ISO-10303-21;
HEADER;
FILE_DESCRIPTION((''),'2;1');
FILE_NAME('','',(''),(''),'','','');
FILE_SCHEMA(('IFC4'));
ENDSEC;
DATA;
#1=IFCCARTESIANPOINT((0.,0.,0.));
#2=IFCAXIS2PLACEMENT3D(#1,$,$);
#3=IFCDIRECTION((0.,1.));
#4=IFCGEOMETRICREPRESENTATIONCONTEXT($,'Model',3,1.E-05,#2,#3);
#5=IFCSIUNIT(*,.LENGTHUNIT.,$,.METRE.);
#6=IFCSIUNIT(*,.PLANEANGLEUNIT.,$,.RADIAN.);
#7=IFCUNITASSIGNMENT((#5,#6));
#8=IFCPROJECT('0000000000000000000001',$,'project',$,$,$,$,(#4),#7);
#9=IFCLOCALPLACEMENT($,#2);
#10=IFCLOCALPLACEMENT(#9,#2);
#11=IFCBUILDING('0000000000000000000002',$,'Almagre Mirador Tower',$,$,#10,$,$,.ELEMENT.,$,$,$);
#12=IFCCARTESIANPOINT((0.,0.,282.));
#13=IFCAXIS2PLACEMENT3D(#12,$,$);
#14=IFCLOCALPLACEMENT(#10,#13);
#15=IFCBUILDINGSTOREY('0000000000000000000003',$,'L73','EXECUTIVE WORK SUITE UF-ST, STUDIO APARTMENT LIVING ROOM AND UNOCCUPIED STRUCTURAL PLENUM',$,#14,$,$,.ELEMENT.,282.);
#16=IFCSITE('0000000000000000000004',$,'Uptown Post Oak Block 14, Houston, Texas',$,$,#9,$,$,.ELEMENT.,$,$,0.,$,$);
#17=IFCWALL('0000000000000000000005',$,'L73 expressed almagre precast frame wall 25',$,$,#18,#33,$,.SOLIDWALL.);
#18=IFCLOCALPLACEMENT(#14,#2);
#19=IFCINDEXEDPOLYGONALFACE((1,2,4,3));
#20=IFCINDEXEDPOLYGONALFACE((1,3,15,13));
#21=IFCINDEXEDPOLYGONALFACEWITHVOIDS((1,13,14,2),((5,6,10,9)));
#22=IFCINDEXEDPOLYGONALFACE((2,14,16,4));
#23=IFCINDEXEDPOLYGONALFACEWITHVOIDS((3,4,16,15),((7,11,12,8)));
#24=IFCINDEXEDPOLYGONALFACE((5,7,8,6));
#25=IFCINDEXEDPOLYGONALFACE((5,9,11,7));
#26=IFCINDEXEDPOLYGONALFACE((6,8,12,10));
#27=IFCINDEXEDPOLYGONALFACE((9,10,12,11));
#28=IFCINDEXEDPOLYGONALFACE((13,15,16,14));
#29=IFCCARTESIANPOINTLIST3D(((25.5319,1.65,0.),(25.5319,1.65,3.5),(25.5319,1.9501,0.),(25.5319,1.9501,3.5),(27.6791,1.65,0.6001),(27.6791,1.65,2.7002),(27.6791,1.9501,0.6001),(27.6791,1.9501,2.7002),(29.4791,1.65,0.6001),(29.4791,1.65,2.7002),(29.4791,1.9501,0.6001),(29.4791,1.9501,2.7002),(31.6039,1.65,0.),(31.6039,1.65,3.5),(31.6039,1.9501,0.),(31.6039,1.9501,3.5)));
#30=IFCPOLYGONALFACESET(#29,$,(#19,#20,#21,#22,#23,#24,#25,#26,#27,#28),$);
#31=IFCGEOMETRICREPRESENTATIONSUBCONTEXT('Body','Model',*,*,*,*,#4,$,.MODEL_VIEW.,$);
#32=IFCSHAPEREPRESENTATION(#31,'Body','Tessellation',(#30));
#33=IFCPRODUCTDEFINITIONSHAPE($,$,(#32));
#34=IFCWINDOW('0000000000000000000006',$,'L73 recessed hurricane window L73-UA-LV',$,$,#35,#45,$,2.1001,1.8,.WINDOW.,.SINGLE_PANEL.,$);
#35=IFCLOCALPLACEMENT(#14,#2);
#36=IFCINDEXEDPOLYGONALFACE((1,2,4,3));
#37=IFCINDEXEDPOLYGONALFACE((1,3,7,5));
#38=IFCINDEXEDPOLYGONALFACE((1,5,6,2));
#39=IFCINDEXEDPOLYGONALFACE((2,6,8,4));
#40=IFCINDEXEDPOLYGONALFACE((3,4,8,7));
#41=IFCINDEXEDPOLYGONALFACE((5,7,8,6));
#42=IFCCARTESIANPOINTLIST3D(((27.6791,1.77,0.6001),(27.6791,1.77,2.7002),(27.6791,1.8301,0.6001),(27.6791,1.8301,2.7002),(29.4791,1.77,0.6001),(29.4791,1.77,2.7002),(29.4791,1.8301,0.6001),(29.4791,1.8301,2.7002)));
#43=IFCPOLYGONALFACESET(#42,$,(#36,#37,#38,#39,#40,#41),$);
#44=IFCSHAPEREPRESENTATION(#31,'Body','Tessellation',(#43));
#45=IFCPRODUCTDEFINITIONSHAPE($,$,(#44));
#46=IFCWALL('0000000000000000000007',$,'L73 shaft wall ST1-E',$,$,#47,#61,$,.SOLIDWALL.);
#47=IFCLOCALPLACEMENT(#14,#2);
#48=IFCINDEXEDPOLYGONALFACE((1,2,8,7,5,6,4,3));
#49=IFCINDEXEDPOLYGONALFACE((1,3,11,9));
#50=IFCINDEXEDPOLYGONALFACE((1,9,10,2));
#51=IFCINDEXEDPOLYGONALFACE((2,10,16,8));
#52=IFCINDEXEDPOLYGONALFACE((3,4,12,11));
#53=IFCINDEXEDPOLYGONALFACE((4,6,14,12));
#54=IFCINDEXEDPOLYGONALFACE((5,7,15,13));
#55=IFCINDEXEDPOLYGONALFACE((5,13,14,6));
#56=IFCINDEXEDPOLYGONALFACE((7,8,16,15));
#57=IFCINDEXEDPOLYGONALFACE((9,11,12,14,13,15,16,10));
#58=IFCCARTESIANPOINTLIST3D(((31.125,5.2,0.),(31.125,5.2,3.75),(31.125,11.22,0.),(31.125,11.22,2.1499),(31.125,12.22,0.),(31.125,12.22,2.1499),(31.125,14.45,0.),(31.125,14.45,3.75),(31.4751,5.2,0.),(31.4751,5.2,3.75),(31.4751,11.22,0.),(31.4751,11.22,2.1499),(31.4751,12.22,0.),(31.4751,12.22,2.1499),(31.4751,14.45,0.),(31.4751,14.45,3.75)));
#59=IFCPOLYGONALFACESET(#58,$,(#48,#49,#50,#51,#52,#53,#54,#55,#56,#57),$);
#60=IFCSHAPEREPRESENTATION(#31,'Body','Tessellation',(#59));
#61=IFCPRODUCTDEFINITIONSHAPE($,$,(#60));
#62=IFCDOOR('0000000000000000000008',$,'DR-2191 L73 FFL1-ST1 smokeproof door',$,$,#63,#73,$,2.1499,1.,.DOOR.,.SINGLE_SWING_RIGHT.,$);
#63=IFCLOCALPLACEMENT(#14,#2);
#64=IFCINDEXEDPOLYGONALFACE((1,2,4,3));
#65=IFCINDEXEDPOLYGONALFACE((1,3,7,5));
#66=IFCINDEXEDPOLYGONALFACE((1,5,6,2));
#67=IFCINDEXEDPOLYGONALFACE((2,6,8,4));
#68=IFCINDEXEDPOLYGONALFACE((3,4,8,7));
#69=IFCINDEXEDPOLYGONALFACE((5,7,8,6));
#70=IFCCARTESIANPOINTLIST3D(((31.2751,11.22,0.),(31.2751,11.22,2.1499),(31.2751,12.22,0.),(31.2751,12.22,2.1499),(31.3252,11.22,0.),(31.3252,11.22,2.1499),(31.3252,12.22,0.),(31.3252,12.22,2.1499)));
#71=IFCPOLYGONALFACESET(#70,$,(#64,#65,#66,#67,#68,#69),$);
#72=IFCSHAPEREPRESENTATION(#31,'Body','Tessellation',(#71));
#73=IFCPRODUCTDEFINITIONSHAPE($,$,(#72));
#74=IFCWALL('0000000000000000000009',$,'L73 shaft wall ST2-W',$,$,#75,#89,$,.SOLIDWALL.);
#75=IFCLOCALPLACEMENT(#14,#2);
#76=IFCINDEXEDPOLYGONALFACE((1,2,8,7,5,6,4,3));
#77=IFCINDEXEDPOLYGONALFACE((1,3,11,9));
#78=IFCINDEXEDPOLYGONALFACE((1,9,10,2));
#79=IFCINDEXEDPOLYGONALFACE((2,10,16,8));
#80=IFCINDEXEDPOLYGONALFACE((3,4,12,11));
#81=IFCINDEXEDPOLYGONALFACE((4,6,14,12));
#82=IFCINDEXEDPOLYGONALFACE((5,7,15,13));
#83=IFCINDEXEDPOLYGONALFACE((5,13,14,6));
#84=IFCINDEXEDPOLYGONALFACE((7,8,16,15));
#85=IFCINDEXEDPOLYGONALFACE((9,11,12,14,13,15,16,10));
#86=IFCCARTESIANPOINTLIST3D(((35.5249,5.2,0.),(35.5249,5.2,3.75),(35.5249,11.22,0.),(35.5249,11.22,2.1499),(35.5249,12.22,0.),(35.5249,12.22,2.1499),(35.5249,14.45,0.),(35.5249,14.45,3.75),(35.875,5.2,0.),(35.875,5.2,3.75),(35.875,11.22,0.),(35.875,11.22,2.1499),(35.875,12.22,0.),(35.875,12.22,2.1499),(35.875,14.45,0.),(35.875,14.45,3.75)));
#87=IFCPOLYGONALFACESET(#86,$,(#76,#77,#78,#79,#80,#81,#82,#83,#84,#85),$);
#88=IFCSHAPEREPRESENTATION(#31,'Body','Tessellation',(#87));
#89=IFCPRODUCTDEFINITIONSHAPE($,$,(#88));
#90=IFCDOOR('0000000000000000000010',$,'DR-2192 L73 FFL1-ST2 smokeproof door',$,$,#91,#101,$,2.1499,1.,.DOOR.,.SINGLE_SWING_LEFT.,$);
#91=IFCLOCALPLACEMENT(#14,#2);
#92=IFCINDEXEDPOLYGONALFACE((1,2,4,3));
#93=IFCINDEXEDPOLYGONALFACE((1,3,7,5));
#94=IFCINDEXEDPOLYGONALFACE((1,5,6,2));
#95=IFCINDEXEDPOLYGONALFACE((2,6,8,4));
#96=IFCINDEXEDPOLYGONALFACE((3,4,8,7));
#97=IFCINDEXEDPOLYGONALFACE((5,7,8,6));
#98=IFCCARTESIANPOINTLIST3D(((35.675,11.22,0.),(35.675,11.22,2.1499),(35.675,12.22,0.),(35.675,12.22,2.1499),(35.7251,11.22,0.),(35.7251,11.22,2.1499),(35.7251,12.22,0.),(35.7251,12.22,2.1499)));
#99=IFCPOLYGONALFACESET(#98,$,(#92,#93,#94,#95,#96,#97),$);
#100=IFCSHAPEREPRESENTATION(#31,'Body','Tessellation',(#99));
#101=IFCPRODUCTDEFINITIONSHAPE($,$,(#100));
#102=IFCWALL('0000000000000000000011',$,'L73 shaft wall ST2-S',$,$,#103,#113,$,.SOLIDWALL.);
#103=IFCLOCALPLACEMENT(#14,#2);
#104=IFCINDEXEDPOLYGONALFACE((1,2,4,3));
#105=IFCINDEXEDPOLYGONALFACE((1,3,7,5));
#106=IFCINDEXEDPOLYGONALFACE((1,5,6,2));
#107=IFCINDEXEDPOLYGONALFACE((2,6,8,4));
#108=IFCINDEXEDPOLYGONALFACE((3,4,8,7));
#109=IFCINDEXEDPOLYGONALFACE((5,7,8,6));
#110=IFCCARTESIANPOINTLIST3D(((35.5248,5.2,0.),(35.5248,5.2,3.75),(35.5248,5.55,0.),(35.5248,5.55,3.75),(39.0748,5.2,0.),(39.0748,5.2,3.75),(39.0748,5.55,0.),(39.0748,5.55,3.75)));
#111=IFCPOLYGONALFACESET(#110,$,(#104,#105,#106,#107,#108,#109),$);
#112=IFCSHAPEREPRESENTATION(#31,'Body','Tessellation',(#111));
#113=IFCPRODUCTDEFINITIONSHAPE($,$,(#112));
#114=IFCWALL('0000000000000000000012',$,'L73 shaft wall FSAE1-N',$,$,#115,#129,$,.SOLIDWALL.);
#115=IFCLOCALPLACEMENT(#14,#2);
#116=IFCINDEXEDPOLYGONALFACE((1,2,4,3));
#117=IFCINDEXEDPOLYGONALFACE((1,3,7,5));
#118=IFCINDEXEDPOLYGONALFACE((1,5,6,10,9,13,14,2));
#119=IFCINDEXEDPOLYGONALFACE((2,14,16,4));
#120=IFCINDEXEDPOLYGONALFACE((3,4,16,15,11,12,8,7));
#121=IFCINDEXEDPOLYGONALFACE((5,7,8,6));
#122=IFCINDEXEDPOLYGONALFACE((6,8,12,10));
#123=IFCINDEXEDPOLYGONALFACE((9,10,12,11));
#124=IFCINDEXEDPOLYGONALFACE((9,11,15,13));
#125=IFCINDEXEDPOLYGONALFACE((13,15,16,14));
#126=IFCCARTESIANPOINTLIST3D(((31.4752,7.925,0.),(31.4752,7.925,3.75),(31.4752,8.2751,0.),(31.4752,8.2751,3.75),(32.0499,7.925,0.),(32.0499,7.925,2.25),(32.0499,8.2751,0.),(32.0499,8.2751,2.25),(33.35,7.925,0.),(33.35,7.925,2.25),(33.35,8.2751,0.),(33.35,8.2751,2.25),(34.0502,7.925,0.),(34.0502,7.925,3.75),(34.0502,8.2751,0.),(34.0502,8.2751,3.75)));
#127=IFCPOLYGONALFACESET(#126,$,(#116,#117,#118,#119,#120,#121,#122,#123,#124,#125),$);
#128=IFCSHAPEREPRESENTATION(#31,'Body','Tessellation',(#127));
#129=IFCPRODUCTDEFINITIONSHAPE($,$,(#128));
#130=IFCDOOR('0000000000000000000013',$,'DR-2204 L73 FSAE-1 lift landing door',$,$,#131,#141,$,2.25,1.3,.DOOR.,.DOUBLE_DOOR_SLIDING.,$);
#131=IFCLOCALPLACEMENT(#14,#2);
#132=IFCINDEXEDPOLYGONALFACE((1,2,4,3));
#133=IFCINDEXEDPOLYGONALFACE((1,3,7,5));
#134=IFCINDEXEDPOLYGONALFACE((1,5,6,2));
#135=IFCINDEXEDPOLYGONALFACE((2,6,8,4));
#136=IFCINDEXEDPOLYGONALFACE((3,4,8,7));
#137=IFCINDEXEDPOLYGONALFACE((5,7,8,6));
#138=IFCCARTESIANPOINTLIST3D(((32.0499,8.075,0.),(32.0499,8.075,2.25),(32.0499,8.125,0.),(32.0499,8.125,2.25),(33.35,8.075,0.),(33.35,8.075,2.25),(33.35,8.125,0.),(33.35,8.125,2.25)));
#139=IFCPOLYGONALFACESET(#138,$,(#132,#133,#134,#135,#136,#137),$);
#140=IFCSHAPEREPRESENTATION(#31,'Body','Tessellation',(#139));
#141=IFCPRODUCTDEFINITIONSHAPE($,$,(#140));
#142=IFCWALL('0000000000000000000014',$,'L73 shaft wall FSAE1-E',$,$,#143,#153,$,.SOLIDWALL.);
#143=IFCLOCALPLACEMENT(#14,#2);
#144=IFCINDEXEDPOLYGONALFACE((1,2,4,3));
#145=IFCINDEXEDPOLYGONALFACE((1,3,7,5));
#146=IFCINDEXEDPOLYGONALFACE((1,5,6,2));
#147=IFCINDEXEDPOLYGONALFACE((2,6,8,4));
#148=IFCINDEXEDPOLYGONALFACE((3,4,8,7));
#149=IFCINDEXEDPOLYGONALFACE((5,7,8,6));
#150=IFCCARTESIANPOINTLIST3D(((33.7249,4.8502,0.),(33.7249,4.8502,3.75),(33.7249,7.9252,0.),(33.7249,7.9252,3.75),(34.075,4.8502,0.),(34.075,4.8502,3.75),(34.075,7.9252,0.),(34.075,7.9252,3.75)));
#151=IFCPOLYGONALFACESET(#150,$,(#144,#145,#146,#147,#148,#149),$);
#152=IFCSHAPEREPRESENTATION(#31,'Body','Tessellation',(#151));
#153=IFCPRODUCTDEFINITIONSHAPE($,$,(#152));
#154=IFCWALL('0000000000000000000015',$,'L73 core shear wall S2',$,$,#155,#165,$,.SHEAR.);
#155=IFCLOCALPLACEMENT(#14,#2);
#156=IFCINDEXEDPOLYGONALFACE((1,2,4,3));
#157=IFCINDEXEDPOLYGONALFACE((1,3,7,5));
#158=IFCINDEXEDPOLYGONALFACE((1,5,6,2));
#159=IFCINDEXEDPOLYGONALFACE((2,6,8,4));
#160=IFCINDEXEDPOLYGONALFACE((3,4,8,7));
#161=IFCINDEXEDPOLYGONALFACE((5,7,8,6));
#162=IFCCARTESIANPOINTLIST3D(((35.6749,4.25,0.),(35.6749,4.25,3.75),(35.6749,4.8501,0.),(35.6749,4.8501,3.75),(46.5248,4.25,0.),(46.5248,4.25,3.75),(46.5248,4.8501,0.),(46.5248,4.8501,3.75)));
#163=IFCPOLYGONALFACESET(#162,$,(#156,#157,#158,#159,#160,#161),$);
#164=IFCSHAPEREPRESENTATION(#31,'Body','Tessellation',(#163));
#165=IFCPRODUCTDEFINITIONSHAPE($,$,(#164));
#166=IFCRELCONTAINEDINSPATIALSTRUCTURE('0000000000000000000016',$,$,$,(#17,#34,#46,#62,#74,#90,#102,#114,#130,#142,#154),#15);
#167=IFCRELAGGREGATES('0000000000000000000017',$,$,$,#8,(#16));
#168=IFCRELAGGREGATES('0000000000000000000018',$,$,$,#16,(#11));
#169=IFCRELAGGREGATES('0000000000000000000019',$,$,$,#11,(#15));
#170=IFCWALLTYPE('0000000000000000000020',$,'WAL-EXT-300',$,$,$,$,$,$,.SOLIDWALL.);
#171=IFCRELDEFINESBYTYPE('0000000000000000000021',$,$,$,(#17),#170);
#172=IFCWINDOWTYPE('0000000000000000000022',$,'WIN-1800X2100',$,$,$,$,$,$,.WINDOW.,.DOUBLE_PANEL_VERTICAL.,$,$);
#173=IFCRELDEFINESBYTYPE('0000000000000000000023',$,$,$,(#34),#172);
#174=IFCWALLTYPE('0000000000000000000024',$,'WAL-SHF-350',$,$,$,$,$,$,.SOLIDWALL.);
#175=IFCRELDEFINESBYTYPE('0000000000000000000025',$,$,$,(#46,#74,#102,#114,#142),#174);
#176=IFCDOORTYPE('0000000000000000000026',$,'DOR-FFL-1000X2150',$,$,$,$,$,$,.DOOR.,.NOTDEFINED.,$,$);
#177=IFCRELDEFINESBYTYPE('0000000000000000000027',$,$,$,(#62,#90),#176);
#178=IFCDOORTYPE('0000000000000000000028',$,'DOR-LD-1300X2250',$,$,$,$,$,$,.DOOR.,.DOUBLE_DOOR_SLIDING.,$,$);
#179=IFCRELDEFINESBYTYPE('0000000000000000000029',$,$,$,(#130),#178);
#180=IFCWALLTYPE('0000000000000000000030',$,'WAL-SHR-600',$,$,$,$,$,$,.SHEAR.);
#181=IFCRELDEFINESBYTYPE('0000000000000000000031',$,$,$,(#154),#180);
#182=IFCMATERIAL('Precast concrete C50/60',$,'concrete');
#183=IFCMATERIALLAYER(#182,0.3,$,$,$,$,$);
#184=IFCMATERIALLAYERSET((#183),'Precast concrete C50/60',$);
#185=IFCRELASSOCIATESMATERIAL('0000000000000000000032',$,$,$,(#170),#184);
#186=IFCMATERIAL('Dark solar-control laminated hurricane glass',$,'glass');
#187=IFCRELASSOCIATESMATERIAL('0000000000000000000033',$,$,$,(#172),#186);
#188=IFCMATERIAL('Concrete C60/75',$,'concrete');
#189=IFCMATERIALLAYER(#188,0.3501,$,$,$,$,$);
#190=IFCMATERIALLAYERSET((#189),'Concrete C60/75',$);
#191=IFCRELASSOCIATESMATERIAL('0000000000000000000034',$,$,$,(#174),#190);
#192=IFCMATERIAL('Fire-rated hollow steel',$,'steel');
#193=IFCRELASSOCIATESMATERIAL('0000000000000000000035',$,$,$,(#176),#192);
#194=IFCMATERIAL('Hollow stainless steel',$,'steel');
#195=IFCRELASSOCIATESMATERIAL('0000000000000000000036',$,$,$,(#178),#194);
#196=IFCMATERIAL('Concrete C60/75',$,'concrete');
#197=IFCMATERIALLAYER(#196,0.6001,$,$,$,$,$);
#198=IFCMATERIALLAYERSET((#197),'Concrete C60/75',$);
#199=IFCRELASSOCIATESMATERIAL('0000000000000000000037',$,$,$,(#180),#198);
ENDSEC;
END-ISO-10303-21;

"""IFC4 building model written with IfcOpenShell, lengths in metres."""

from ifc_helpers import new_model, si_unit, direction, frame, frame_2d, origin, place, context, subcontext, project, spatial, rectangle, extrude, material, layer, layer_set, type_object, element, fill, save


model = new_model("IFC4")

# Units and contexts
model_context = context("Model", 3, precision=1e-05, world=origin(), true_north=direction((0.0, 1.0)))
body_context = subcontext(model_context, "Body", "Model", "MODEL_VIEW")
ifc_project = project(units=[si_unit("LENGTHUNIT", "METRE"), si_unit("PLANEANGLEUNIT", "RADIAN")], contexts=[model_context])

# Site, building, storey
site_placement = place(None, origin())
site = spatial("IfcSite", under=ifc_project, at=site_placement, Name="Uptown Post Oak Block 14, Houston, Texas", CompositionType="ELEMENT", RefElevation=0.0)
building_placement = place(site_placement, origin())
building = spatial("IfcBuilding", under=site, at=building_placement, Name="Almagre Mirador Tower", CompositionType="ELEMENT")
storey_placement = place(building_placement, frame((0.0, 0.0, 282.0)))
storey = spatial("IfcBuildingStorey", under=building, at=storey_placement, Name="L73", Description="EXECUTIVE WORK SUITE UF-ST, STUDIO APARTMENT LIVING ROOM AND UNOCCUPIED STRUCTURAL PLENUM", CompositionType="ELEMENT", Elevation=282.0)

# Wall, opening, window
ifc_material_1 = material(Name="Precast concrete C50/60", Category="concrete")
ifc_layer_1 = layer(ifc_material_1, 0.3)
ifc_layer_set_1 = layer_set([ifc_layer_1], Name="Precast concrete C50/60")
wall_type_1 = type_object("IfcWallType", Name="WAL-EXT-300", PredefinedType="SOLIDWALL", material=ifc_layer_set_1)
wall_1_placement = place(storey_placement, frame((31.604, 1.8, 0.0), z_axis=(0.0, 0.0, 1.0), x_axis=(-1.0, 0.0, 0.0)))
wall_1 = element("IfcWall", 1, at=wall_1_placement, inside=storey, type_object=wall_type_1, Name="L73 expressed almagre precast frame wall 25", PredefinedType="SOLIDWALL", context=body_context, shape_type="SweptSolid", body=[
    extrude(rectangle(XDim=6.072, YDim=0.3, at=frame_2d((3.0361, 0.0))), origin(), (0.0, 0.0, 1.0), 3.5),
])
opening_1_placement = place(wall_1_placement, frame((2.125, 0.0, 0.6001)))
opening_1 = element("IfcOpeningElement", 2, at=opening_1_placement, cuts=wall_1, PredefinedType="OPENING", context=body_context, shape_type="SweptSolid", body=[
    extrude(rectangle(XDim=1.8, YDim=2.1001, at=frame_2d((0.8999, 1.05))), frame((0.0, 0.1599, 0.0), z_axis=(0.0, -1.0, 0.0), x_axis=(1.0, 0.0, 0.0)), (0.0, 0.0, 1.0), 0.32),
])
ifc_material_2 = material(Name="Dark solar-control laminated hurricane glass", Category="glass")
window_type = type_object("IfcWindowType", Name="WIN-1800X2100", PartitioningType="DOUBLE_PANEL_VERTICAL", PredefinedType="WINDOW", material=ifc_material_2)
window_placement = place(opening_1_placement, origin())
window = element("IfcWindow", 3, at=window_placement, inside=storey, type_object=window_type, Name="L73 recessed hurricane window L73-UA-LV", OverallHeight=2.1001, OverallWidth=1.8, PartitioningType="SINGLE_PANEL", PredefinedType="WINDOW", context=body_context, shape_type="SweptSolid", body=[
    extrude(rectangle(XDim=1.8, YDim=2.1001, at=frame_2d((0.8999, 1.05))), frame((0.0, 0.03, 0.0), z_axis=(0.0, -1.0, 0.0), x_axis=(1.0, 0.0, 0.0)), (0.0, 0.0, 1.0), 0.0601),
])
fill(opening_1, window)

# Walls, openings, doors
ifc_material_3 = material(Name="Concrete C60/75", Category="concrete")
ifc_layer_2 = layer(ifc_material_3, 0.3501)
ifc_layer_set_2 = layer_set([ifc_layer_2], Name="Concrete C60/75")
wall_type_2 = type_object("IfcWallType", Name="WAL-SHF-350", PredefinedType="SOLIDWALL", material=ifc_layer_set_2)
wall_2_placement = place(storey_placement, frame((31.3, 5.2, 0.0), z_axis=(0.0, 0.0, 1.0), x_axis=(0.0, 1.0, 0.0)))
wall_2 = element("IfcWall", 4, at=wall_2_placement, inside=storey, type_object=wall_type_2, Name="L73 shaft wall ST1-E", PredefinedType="SOLIDWALL", context=body_context, shape_type="SweptSolid", body=[
    extrude(rectangle(XDim=9.25, YDim=0.3501, at=frame_2d((4.625, 0.0))), origin(), (0.0, 0.0, 1.0), 3.75),
])
opening_2_placement = place(wall_2_placement, frame((6.02, 0.0, 0.0)))
opening_2 = element("IfcOpeningElement", 5, at=opening_2_placement, cuts=wall_2, PredefinedType="OPENING", context=body_context, shape_type="SweptSolid", body=[
    extrude(rectangle(XDim=1.0, YDim=2.1499, at=frame_2d((0.5, 1.075))), frame((0.0, 0.185, 0.0), z_axis=(0.0, -1.0, 0.0), x_axis=(1.0, 0.0, 0.0)), (0.0, 0.0, 1.0), 0.3701),
])
ifc_material_4 = material(Name="Fire-rated hollow steel", Category="steel")
door_type_1 = type_object("IfcDoorType", Name="DOR-FFL-1000X2150", OperationType="NOTDEFINED", PredefinedType="DOOR", material=ifc_material_4)
door_1_placement = place(opening_2_placement, origin())
door_1 = element("IfcDoor", 6, at=door_1_placement, inside=storey, type_object=door_type_1, Name="DR-2191 L73 FFL1-ST1 smokeproof door", OperationType="SINGLE_SWING_RIGHT", OverallHeight=2.1499, OverallWidth=1.0, PredefinedType="DOOR", context=body_context, shape_type="SweptSolid", body=[
    extrude(rectangle(XDim=1.0, YDim=2.1499, at=frame_2d((0.5, 1.075))), frame((0.0, 0.0249, 0.0), z_axis=(0.0, -1.0, 0.0), x_axis=(1.0, 0.0, 0.0)), (0.0, 0.0, 1.0), 0.05),
])
fill(opening_2, door_1)
wall_3_placement = place(storey_placement, frame((35.7, 5.2, 0.0), z_axis=(0.0, 0.0, 1.0), x_axis=(0.0, 1.0, 0.0)))
wall_3 = element("IfcWall", 7, at=wall_3_placement, inside=storey, type_object=wall_type_2, Name="L73 shaft wall ST2-W", PredefinedType="SOLIDWALL", context=body_context, shape_type="SweptSolid", body=[
    extrude(rectangle(XDim=9.25, YDim=0.3501, at=frame_2d((4.625, 0.0))), origin(), (0.0, 0.0, 1.0), 3.75),
])
opening_3_placement = place(wall_3_placement, frame((6.02, 0.0, 0.0)))
opening_3 = element("IfcOpeningElement", 8, at=opening_3_placement, cuts=wall_3, PredefinedType="OPENING", context=body_context, shape_type="SweptSolid", body=[
    extrude(rectangle(XDim=1.0, YDim=2.1499, at=frame_2d((0.5, 1.075))), frame((0.0, 0.185, 0.0), z_axis=(0.0, -1.0, 0.0), x_axis=(1.0, 0.0, 0.0)), (0.0, 0.0, 1.0), 0.3701),
])
door_2_placement = place(opening_3_placement, origin())
door_2 = element("IfcDoor", 9, at=door_2_placement, inside=storey, type_object=door_type_1, Name="DR-2192 L73 FFL1-ST2 smokeproof door", OperationType="SINGLE_SWING_LEFT", OverallHeight=2.1499, OverallWidth=1.0, PredefinedType="DOOR", context=body_context, shape_type="SweptSolid", body=[
    extrude(rectangle(XDim=1.0, YDim=2.1499, at=frame_2d((0.5, 1.075))), frame((0.0, 0.0249, 0.0), z_axis=(0.0, -1.0, 0.0), x_axis=(1.0, 0.0, 0.0)), (0.0, 0.0, 1.0), 0.05),
])
fill(opening_3, door_2)

# Wall
wall_4_placement = place(storey_placement, frame((35.5249, 5.375, 0.0), z_axis=(0.0, 0.0, 1.0), x_axis=(1.0, 0.0, 0.0)))
element("IfcWall", 10, at=wall_4_placement, inside=storey, type_object=wall_type_2, Name="L73 shaft wall ST2-S", PredefinedType="SOLIDWALL", context=body_context, shape_type="SweptSolid", body=[
    extrude(rectangle(XDim=3.55, YDim=0.3501, at=frame_2d((1.7749, 0.0))), origin(), (0.0, 0.0, 1.0), 3.75),
])

# Wall, opening, door
wall_5_placement = place(storey_placement, frame((31.4751, 8.1001, 0.0), z_axis=(0.0, 0.0, 1.0), x_axis=(1.0, 0.0, 0.0)))
wall_5 = element("IfcWall", 11, at=wall_5_placement, inside=storey, type_object=wall_type_2, Name="L73 shaft wall FSAE1-N", PredefinedType="SOLIDWALL", context=body_context, shape_type="SweptSolid", body=[
    extrude(rectangle(XDim=2.575, YDim=0.3501, at=frame_2d((1.2876, 0.0))), origin(), (0.0, 0.0, 1.0), 3.75),
])
opening_4_placement = place(wall_5_placement, frame((0.575, 0.0, 0.0)))
opening_4 = element("IfcOpeningElement", 12, at=opening_4_placement, cuts=wall_5, PredefinedType="OPENING", context=body_context, shape_type="SweptSolid", body=[
    extrude(rectangle(XDim=1.3, YDim=2.25, at=frame_2d((0.6499, 1.125))), frame((0.0, 0.185, 0.0), z_axis=(0.0, -1.0, 0.0), x_axis=(1.0, 0.0, 0.0)), (0.0, 0.0, 1.0), 0.3701),
])
ifc_material_5 = material(Name="Hollow stainless steel", Category="steel")
door_type_2 = type_object("IfcDoorType", Name="DOR-LD-1300X2250", OperationType="DOUBLE_DOOR_SLIDING", PredefinedType="DOOR", material=ifc_material_5)
door_3_placement = place(opening_4_placement, origin())
door_3 = element("IfcDoor", 13, at=door_3_placement, inside=storey, type_object=door_type_2, Name="DR-2204 L73 FSAE-1 lift landing door", OperationType="DOUBLE_DOOR_SLIDING", OverallHeight=2.25, OverallWidth=1.3, PredefinedType="DOOR", context=body_context, shape_type="SweptSolid", body=[
    extrude(rectangle(XDim=1.3, YDim=2.25, at=frame_2d((0.6499, 1.125))), frame((0.0, 0.0249, 0.0), z_axis=(0.0, -1.0, 0.0), x_axis=(1.0, 0.0, 0.0)), (0.0, 0.0, 1.0), 0.05),
])
fill(opening_4, door_3)

# Walls
wall_6_placement = place(storey_placement, frame((33.8999, 4.8501, 0.0), z_axis=(0.0, 0.0, 1.0), x_axis=(0.0, 1.0, 0.0)))
element("IfcWall", 14, at=wall_6_placement, inside=storey, type_object=wall_type_2, Name="L73 shaft wall FSAE1-E", PredefinedType="SOLIDWALL", context=body_context, shape_type="SweptSolid", body=[
    extrude(rectangle(XDim=3.075, YDim=0.3501, at=frame_2d((1.5376, 0.0))), origin(), (0.0, 0.0, 1.0), 3.75),
])
ifc_material_6 = material(Name="Concrete C60/75", Category="concrete")
ifc_layer_3 = layer(ifc_material_6, 0.6001)
ifc_layer_set_3 = layer_set([ifc_layer_3], Name="Concrete C60/75")
wall_type_3 = type_object("IfcWallType", Name="WAL-SHR-600", PredefinedType="SHEAR", material=ifc_layer_set_3)
wall_7_placement = place(storey_placement, frame((35.675, 4.55, 0.0), z_axis=(0.0, 0.0, 1.0), x_axis=(1.0, 0.0, 0.0)))
element("IfcWall", 15, at=wall_7_placement, inside=storey, type_object=wall_type_3, Name="L73 core shear wall S2", PredefinedType="SHEAR", context=body_context, shape_type="SweptSolid", body=[
    extrude(rectangle(XDim=10.8499, YDim=0.6001, at=frame_2d((5.4248, 0.0))), origin(), (0.0, 0.0, 1.0), 3.75),
])

save(model, "model.ifc")
